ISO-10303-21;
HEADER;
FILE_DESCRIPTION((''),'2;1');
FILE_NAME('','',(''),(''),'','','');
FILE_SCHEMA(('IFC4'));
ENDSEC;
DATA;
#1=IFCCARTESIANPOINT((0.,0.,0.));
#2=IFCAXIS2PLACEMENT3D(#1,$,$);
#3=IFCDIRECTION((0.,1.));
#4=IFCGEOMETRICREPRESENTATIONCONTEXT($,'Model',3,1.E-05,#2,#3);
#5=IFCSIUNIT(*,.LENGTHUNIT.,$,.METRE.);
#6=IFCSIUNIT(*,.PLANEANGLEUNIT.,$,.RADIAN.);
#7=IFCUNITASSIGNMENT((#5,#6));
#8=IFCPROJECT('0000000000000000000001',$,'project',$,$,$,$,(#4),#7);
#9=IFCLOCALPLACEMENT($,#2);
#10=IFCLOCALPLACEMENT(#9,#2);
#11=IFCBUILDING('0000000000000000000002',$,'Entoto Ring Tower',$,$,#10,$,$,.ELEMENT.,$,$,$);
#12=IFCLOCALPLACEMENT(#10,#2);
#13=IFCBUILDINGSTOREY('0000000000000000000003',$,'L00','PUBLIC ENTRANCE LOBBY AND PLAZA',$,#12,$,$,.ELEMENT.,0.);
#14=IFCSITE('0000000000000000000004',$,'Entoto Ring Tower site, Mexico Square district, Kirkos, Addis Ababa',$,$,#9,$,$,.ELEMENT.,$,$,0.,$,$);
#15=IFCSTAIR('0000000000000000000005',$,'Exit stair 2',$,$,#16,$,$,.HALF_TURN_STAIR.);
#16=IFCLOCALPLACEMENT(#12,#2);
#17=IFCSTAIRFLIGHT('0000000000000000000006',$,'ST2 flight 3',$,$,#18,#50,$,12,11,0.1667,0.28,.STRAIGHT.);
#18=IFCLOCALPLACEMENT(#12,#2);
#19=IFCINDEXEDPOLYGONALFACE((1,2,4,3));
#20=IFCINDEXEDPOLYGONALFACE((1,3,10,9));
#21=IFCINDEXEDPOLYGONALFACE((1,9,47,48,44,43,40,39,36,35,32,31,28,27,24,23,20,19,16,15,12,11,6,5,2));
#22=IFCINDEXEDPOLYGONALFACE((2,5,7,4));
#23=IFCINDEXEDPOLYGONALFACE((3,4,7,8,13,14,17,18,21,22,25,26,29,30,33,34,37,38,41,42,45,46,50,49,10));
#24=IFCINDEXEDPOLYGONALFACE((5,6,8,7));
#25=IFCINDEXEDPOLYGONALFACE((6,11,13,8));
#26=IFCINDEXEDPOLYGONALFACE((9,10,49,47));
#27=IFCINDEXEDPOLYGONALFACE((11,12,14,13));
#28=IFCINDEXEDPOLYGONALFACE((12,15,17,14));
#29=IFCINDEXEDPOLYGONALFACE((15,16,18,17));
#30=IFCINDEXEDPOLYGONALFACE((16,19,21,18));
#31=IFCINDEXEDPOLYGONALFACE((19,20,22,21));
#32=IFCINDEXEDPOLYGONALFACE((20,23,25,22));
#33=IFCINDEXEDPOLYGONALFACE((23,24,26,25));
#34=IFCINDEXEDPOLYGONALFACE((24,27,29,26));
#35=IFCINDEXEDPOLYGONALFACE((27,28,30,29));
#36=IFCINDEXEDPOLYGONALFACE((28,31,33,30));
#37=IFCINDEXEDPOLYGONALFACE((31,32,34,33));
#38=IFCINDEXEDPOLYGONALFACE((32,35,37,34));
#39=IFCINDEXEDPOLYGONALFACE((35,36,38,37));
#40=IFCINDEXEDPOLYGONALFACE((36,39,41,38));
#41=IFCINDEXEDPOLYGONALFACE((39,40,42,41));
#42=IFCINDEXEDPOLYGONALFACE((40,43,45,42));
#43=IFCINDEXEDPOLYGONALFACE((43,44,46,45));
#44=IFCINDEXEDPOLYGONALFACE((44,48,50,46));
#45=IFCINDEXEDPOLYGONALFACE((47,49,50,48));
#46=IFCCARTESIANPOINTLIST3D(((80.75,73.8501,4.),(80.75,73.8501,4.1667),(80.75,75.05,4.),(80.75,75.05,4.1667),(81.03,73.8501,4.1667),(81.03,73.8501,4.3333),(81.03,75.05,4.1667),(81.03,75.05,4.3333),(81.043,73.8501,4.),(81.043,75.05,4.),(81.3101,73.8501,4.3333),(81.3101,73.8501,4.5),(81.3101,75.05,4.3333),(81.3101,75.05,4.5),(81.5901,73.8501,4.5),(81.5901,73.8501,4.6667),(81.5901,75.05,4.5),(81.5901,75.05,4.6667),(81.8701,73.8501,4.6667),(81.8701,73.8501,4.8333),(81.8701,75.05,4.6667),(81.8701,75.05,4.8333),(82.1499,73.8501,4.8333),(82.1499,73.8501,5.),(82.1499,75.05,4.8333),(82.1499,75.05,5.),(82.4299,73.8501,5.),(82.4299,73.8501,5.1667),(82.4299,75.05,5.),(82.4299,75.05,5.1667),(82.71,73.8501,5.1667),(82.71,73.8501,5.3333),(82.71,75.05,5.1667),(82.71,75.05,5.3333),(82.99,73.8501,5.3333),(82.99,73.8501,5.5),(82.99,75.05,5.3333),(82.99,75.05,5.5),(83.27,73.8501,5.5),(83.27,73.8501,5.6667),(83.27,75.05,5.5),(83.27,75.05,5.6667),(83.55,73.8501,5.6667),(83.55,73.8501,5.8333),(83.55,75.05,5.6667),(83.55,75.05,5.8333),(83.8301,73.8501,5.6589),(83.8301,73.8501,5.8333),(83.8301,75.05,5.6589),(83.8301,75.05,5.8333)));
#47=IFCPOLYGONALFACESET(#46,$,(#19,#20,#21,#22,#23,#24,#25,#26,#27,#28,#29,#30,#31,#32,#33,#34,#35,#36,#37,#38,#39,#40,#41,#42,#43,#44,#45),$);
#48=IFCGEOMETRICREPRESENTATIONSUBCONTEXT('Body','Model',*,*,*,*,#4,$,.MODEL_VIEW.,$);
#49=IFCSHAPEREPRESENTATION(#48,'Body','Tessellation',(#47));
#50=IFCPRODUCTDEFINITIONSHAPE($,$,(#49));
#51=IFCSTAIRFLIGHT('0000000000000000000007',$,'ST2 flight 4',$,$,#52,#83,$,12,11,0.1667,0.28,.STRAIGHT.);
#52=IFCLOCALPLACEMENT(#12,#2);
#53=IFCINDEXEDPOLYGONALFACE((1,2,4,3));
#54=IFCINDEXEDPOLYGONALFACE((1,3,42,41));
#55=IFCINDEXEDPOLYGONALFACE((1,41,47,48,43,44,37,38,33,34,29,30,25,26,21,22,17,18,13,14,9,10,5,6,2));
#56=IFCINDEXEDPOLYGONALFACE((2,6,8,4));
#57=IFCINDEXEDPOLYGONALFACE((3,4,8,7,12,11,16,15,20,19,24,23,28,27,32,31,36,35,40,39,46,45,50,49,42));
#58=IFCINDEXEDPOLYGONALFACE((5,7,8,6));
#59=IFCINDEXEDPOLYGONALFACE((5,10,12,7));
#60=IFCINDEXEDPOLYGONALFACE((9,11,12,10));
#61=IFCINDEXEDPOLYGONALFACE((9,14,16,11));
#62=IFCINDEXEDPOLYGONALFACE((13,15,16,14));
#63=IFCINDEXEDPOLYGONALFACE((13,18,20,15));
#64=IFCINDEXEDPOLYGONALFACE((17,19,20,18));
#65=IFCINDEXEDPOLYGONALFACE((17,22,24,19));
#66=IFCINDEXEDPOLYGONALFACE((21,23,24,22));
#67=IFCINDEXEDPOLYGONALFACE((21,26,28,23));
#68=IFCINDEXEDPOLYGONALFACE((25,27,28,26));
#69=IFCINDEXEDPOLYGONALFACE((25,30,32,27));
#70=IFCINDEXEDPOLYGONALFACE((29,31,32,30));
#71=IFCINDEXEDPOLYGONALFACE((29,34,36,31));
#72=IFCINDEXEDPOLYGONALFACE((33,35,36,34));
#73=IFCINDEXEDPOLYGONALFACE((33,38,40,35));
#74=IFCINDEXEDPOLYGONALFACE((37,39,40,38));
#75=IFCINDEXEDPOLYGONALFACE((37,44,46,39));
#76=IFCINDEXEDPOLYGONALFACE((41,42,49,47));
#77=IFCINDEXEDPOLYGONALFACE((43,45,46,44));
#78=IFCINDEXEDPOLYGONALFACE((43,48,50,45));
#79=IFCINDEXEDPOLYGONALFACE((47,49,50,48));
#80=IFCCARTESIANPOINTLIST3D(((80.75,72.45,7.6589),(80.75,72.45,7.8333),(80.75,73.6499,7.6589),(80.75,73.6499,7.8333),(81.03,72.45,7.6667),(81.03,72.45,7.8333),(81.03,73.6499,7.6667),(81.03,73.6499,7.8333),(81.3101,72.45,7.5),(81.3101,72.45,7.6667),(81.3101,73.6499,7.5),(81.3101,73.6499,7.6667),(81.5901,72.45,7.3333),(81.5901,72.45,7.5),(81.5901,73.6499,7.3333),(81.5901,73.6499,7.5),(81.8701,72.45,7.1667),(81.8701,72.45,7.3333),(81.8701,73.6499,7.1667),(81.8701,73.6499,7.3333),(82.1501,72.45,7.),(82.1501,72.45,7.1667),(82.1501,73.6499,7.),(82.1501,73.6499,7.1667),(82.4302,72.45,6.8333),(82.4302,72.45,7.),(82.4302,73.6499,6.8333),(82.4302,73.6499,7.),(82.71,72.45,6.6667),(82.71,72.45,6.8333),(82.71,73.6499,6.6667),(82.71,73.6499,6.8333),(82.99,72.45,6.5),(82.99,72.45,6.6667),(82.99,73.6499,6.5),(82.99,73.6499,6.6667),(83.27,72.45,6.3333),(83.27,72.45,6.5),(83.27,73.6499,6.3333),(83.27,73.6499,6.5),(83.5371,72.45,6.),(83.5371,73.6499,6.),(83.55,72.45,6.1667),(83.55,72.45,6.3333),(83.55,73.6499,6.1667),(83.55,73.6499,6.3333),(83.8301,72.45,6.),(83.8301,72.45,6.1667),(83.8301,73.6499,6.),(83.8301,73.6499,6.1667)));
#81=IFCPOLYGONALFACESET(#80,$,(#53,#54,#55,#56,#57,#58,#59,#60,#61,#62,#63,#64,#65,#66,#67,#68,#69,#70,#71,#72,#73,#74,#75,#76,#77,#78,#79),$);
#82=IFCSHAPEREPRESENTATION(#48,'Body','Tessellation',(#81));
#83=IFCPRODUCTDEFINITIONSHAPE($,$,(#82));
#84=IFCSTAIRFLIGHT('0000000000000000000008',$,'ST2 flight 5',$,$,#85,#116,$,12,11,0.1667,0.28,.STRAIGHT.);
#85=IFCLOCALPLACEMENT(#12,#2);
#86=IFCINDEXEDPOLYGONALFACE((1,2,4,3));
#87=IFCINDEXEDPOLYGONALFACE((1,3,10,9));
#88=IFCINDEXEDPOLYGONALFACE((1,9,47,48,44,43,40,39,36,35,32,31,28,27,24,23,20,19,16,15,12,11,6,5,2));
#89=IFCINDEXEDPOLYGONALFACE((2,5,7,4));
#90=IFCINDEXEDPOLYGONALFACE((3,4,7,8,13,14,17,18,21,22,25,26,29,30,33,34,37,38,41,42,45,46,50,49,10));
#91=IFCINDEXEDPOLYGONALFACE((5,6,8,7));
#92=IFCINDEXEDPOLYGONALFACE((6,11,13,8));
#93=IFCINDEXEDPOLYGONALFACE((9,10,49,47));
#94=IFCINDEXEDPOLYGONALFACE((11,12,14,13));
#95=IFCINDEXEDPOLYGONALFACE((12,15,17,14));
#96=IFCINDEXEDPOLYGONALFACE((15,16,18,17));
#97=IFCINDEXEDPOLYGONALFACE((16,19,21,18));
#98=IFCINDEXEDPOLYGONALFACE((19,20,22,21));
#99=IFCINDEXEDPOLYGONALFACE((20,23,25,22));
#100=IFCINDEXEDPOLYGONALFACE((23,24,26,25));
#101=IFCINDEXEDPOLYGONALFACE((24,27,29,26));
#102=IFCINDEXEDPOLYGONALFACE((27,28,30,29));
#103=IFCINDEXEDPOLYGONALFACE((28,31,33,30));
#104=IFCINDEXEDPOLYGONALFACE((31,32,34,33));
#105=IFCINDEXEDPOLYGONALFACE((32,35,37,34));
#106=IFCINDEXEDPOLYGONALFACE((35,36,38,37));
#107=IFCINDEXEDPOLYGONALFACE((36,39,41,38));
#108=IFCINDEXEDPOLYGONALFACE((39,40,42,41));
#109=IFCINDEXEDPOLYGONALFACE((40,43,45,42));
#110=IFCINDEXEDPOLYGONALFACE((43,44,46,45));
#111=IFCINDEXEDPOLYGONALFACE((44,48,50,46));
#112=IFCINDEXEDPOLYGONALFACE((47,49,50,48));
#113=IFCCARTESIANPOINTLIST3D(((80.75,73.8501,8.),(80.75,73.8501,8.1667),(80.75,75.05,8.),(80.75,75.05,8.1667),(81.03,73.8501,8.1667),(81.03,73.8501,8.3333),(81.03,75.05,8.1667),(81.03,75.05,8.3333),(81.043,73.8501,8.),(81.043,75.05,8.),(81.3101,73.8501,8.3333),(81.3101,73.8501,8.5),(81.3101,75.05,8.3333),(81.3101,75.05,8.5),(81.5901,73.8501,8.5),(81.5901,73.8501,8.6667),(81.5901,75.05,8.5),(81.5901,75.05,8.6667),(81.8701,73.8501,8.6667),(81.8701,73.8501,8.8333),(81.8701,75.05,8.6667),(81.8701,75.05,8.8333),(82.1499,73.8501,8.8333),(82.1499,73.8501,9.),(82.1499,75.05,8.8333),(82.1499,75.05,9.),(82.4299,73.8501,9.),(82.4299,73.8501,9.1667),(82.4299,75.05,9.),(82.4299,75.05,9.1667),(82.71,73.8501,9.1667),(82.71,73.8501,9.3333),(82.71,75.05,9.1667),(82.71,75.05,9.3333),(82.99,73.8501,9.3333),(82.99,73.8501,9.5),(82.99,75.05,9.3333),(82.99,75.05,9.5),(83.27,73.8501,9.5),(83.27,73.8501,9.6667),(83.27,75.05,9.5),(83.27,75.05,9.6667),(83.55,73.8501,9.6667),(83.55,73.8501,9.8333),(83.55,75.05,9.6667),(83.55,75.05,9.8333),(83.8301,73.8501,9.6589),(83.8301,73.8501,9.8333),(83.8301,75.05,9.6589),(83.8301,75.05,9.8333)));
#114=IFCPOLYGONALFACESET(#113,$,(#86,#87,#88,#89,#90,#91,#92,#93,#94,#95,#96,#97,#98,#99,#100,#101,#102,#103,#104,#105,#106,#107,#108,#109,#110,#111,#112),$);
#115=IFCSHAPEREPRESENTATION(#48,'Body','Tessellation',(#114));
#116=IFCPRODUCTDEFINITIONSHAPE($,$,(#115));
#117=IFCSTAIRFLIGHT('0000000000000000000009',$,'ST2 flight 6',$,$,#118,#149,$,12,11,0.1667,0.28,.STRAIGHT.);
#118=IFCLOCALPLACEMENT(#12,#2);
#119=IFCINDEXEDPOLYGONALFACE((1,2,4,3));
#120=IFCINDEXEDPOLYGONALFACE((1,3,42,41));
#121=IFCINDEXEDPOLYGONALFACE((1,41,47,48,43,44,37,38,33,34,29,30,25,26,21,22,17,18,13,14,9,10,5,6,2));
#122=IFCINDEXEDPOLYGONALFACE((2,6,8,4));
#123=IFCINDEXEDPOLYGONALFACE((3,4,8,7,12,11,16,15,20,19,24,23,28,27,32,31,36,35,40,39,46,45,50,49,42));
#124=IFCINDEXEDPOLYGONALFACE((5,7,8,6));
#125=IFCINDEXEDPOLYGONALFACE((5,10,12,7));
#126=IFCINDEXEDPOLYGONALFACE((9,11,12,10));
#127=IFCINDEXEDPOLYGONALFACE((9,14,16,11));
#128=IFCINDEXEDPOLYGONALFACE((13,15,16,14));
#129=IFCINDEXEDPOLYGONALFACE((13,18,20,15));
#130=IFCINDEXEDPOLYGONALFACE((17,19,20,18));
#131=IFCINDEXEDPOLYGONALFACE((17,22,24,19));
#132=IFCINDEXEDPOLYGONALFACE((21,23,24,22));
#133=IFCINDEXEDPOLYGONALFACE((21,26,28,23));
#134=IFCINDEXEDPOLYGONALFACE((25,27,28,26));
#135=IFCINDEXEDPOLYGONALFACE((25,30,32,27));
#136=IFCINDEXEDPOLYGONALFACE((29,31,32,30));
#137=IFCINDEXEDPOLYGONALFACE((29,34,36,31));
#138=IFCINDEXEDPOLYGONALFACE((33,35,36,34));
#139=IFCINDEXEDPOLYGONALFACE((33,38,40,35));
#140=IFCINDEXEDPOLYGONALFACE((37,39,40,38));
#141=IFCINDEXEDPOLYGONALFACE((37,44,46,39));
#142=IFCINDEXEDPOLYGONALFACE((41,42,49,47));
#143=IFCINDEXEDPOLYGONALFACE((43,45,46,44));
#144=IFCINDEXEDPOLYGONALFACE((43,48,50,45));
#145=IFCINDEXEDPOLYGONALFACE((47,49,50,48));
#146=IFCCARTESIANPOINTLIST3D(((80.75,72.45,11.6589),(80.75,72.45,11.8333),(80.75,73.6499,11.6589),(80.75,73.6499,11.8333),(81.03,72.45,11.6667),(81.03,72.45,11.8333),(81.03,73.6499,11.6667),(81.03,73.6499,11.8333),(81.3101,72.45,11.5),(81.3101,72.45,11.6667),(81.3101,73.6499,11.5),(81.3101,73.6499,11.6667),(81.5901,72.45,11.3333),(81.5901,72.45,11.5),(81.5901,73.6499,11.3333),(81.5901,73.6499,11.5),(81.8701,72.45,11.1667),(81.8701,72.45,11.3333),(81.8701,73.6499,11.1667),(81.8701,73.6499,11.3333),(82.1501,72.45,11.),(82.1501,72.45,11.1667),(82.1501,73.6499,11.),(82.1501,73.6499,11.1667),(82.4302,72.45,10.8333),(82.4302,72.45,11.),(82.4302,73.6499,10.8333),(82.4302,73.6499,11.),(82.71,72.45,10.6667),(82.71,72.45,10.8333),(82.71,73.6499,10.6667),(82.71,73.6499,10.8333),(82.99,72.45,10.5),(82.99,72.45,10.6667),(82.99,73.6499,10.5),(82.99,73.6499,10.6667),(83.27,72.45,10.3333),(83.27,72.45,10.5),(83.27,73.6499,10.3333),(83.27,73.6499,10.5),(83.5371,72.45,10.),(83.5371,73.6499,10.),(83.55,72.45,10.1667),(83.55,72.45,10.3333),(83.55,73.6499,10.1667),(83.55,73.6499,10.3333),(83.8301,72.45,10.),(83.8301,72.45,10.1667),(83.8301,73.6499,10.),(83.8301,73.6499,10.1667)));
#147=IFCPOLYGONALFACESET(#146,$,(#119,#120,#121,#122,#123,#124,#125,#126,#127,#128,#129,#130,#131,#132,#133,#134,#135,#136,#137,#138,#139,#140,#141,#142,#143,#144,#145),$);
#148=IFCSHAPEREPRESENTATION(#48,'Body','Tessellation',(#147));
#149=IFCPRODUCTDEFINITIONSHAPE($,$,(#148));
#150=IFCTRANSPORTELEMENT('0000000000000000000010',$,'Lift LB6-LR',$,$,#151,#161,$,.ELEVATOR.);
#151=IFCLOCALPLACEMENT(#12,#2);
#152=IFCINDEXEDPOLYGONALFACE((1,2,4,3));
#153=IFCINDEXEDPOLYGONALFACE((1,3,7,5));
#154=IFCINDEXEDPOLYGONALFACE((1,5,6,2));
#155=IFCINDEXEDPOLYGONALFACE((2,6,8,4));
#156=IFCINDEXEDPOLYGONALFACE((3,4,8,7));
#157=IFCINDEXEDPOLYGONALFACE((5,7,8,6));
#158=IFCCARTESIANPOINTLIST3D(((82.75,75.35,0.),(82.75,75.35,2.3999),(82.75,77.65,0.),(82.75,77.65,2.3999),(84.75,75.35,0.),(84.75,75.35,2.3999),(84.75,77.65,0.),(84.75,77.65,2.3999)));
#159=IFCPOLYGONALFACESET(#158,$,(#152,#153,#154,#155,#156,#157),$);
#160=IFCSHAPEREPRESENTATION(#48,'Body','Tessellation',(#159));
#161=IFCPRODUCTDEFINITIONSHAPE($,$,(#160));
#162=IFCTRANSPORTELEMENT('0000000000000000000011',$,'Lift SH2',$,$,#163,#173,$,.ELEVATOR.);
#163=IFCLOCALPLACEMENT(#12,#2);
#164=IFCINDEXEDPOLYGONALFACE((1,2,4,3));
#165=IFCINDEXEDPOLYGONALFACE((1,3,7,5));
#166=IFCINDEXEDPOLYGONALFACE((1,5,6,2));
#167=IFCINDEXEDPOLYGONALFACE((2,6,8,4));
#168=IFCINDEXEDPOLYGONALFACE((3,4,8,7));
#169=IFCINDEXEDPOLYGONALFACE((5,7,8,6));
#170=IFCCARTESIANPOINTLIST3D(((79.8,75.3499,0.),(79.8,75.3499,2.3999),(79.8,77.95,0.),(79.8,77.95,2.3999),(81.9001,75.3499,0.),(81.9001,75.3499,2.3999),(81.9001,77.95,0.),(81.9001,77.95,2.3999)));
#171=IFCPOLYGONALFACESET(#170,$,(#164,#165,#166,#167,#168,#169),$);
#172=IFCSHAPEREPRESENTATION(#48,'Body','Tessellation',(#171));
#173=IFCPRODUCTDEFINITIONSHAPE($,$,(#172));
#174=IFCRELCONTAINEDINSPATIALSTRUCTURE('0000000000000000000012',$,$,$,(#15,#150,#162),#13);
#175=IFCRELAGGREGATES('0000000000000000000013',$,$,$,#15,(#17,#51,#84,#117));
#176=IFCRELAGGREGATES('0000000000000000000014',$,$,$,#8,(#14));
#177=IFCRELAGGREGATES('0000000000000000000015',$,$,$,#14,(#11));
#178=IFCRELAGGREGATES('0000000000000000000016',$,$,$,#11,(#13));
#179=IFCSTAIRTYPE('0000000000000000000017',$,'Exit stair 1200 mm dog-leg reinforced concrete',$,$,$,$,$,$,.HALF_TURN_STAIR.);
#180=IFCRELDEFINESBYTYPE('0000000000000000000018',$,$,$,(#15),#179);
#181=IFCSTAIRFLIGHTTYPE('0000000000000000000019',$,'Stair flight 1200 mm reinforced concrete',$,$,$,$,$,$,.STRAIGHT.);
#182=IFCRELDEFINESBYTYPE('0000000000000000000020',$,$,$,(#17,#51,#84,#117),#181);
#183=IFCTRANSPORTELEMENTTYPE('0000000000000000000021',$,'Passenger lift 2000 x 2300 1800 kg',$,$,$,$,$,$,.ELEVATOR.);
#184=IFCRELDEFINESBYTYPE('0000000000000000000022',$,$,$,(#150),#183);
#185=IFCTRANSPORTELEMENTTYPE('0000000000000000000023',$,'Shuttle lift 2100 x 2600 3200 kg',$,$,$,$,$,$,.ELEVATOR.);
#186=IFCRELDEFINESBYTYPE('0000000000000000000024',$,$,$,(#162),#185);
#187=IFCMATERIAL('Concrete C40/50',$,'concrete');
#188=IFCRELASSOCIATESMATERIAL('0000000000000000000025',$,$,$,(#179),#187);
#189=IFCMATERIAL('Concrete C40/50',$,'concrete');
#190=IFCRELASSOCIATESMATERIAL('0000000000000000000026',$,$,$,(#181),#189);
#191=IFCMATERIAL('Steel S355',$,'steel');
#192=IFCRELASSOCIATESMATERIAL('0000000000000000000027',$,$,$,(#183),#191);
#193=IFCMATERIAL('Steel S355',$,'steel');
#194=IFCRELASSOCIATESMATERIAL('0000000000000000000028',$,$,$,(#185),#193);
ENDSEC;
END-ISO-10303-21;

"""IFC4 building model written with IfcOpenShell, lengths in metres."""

from ifc_helpers import new_model, si_unit, direction, frame, origin, origin_2d, place, context, subcontext, project, spatial, polyline, rectangle, outline, extrude, material, type_object, element, aggregate, save


model = new_model("IFC4")

# Units and contexts
model_context = context("Model", 3, precision=1e-05, world=origin(), true_north=direction((0.0, 1.0)))
body_context = subcontext(model_context, "Body", "Model", "MODEL_VIEW")
ifc_project = project(units=[si_unit("LENGTHUNIT", "METRE"), si_unit("PLANEANGLEUNIT", "RADIAN")], contexts=[model_context])

# Site, building, storey
site_placement = place(None, origin())
site = spatial("IfcSite", under=ifc_project, at=site_placement, Name="Entoto Ring Tower site, Mexico Square district, Kirkos, Addis Ababa", CompositionType="ELEMENT", RefElevation=0.0)
building_placement = place(site_placement, origin())
building = spatial("IfcBuilding", under=site, at=building_placement, Name="Entoto Ring Tower", CompositionType="ELEMENT")
storey_placement = place(building_placement, origin())
storey = spatial("IfcBuildingStorey", under=building, at=storey_placement, Name="L00", Description="PUBLIC ENTRANCE LOBBY AND PLAZA", CompositionType="ELEMENT", Elevation=0.0)

# Stair, stair flights
ifc_material_1 = material(Name="Concrete C40/50", Category="concrete")
stair_type = type_object("IfcStairType", Name="Exit stair 1200 mm dog-leg reinforced concrete", PredefinedType="HALF_TURN_STAIR", material=ifc_material_1)
stair_placement = place(storey_placement, origin())
stair = element("IfcStair", 1, at=stair_placement, inside=storey, type_object=stair_type, Name="Exit stair 2", PredefinedType="HALF_TURN_STAIR")
ifc_material_2 = material(Name="Concrete C40/50", Category="concrete")
stair_flight_type = type_object("IfcStairFlightType", Name="Stair flight 1200 mm reinforced concrete", PredefinedType="STRAIGHT", material=ifc_material_2)
stair_flight_1_placement = place(storey_placement, frame((80.75, 74.45, 4.0), z_axis=(0.0, 0.0, 1.0), x_axis=(1.0, 0.0, 0.0)))
stair_flight_1 = element("IfcStairFlight", 2, at=stair_flight_1_placement, type_object=stair_flight_type, Name="ST2 flight 3", NumberOfRisers=12, NumberOfTreads=11, PredefinedType="STRAIGHT", RiserHeight=0.1667, TreadLength=0.28, context=body_context, shape_type="SweptSolid", body=[
    extrude(outline(polyline([(0.0, 0.0), (0.0, 0.1667), (0.28, 0.1667), (0.28, 0.3333), (0.5601, 0.3333), (0.5601, 0.5), (0.8401, 0.5), (0.8401, 0.6667), (1.1201, 0.6667), (1.1201, 0.8333), (1.3999, 0.8333), (1.3999, 1.0), (1.6799, 1.0), (1.6799, 1.1667), (1.96, 1.1667), (1.96, 1.3333), (2.24, 1.3333), (2.24, 1.5), (2.52, 1.5), (2.52, 1.6667), (2.8, 1.6667), (2.8, 1.8333), (3.0801, 1.8333), (3.0801, 2.0), (3.0801, 1.6589), (0.293, 0.0), (0.0, 0.0)])), frame((0.0, 0.6001, 0.0), z_axis=(0.0, -1.0, 0.0), x_axis=(1.0, 0.0, 0.0)), (0.0, 0.0, 1.0), 1.2),
])
stair_flight_2_placement = place(storey_placement, frame((83.8301, 73.05, 6.0), z_axis=(0.0, 0.0, 1.0), x_axis=(-1.0, 0.0, 0.0)))
stair_flight_2 = element("IfcStairFlight", 3, at=stair_flight_2_placement, type_object=stair_flight_type, Name="ST2 flight 4", NumberOfRisers=12, NumberOfTreads=11, PredefinedType="STRAIGHT", RiserHeight=0.1667, TreadLength=0.28, context=body_context, shape_type="SweptSolid", body=[
    extrude(outline(polyline([(0.0, 0.0), (0.0, 0.1667), (0.28, 0.1667), (0.28, 0.3333), (0.5601, 0.3333), (0.5601, 0.5), (0.8401, 0.5), (0.8401, 0.6667), (1.1201, 0.6667), (1.1201, 0.8333), (1.3999, 0.8333), (1.3999, 1.0), (1.6799, 1.0), (1.6799, 1.1667), (1.96, 1.1667), (1.96, 1.3333), (2.24, 1.3333), (2.24, 1.5), (2.52, 1.5), (2.52, 1.6667), (2.8, 1.6667), (2.8, 1.8333), (3.0801, 1.8333), (3.0801, 2.0), (3.0801, 1.6589), (0.293, 0.0), (0.0, 0.0)])), frame((0.0, 0.6001, 0.0), z_axis=(0.0, -1.0, 0.0), x_axis=(1.0, 0.0, 0.0)), (0.0, 0.0, 1.0), 1.2),
])
stair_flight_3_placement = place(storey_placement, frame((80.75, 74.45, 8.0), z_axis=(0.0, 0.0, 1.0), x_axis=(1.0, 0.0, 0.0)))
stair_flight_3 = element("IfcStairFlight", 4, at=stair_flight_3_placement, type_object=stair_flight_type, Name="ST2 flight 5", NumberOfRisers=12, NumberOfTreads=11, PredefinedType="STRAIGHT", RiserHeight=0.1667, TreadLength=0.28, context=body_context, shape_type="SweptSolid", body=[
    extrude(outline(polyline([(0.0, 0.0), (0.0, 0.1667), (0.28, 0.1667), (0.28, 0.3333), (0.5601, 0.3333), (0.5601, 0.5), (0.8401, 0.5), (0.8401, 0.6667), (1.1201, 0.6667), (1.1201, 0.8333), (1.3999, 0.8333), (1.3999, 1.0), (1.6799, 1.0), (1.6799, 1.1667), (1.96, 1.1667), (1.96, 1.3333), (2.24, 1.3333), (2.24, 1.5), (2.52, 1.5), (2.52, 1.6667), (2.8, 1.6667), (2.8, 1.8333), (3.0801, 1.8333), (3.0801, 2.0), (3.0801, 1.6589), (0.293, 0.0), (0.0, 0.0)])), frame((0.0, 0.6001, 0.0), z_axis=(0.0, -1.0, 0.0), x_axis=(1.0, 0.0, 0.0)), (0.0, 0.0, 1.0), 1.2),
])
stair_flight_4_placement = place(storey_placement, frame((83.8301, 73.05, 10.0), z_axis=(0.0, 0.0, 1.0), x_axis=(-1.0, 0.0, 0.0)))
stair_flight_4 = element("IfcStairFlight", 5, at=stair_flight_4_placement, type_object=stair_flight_type, Name="ST2 flight 6", NumberOfRisers=12, NumberOfTreads=11, PredefinedType="STRAIGHT", RiserHeight=0.1667, TreadLength=0.28, context=body_context, shape_type="SweptSolid", body=[
    extrude(outline(polyline([(0.0, 0.0), (0.0, 0.1667), (0.28, 0.1667), (0.28, 0.3333), (0.5601, 0.3333), (0.5601, 0.5), (0.8401, 0.5), (0.8401, 0.6667), (1.1201, 0.6667), (1.1201, 0.8333), (1.3999, 0.8333), (1.3999, 1.0), (1.6799, 1.0), (1.6799, 1.1667), (1.96, 1.1667), (1.96, 1.3333), (2.24, 1.3333), (2.24, 1.5), (2.52, 1.5), (2.52, 1.6667), (2.8, 1.6667), (2.8, 1.8333), (3.0801, 1.8333), (3.0801, 2.0), (3.0801, 1.6589), (0.293, 0.0), (0.0, 0.0)])), frame((0.0, 0.6001, 0.0), z_axis=(0.0, -1.0, 0.0), x_axis=(1.0, 0.0, 0.0)), (0.0, 0.0, 1.0), 1.2),
])
aggregate(stair, [stair_flight_1, stair_flight_2, stair_flight_3, stair_flight_4])

# Transport elements
ifc_material_3 = material(Name="Steel S355", Category="steel")
transport_element_type_1 = type_object("IfcTransportElementType", Name="Passenger lift 2000 x 2300 1800 kg", PredefinedType="ELEVATOR", material=ifc_material_3)
transport_element_1_placement = place(storey_placement, frame((83.75, 76.5, 0.0), z_axis=(0.0, 0.0, 1.0), x_axis=(1.0, 0.0, 0.0)))
element("IfcTransportElement", 6, at=transport_element_1_placement, inside=storey, type_object=transport_element_type_1, Name="Lift LB6-LR", PredefinedType="ELEVATOR", context=body_context, shape_type="SweptSolid", body=[
    extrude(rectangle(XDim=2.0, YDim=2.3, at=origin_2d()), origin(), (0.0, 0.0, 1.0), 2.3999),
])
ifc_material_4 = material(Name="Steel S355", Category="steel")
transport_element_type_2 = type_object("IfcTransportElementType", Name="Shuttle lift 2100 x 2600 3200 kg", PredefinedType="ELEVATOR", material=ifc_material_4)
transport_element_2_placement = place(storey_placement, frame((80.8501, 76.6499, 0.0), z_axis=(0.0, 0.0, 1.0), x_axis=(1.0, 0.0, 0.0)))
element("IfcTransportElement", 7, at=transport_element_2_placement, inside=storey, type_object=transport_element_type_2, Name="Lift SH2", PredefinedType="ELEVATOR", context=body_context, shape_type="SweptSolid", body=[
    extrude(rectangle(XDim=2.1001, YDim=2.6001, at=origin_2d()), origin(), (0.0, 0.0, 1.0), 2.3999),
])

save(model, "model.ifc")
